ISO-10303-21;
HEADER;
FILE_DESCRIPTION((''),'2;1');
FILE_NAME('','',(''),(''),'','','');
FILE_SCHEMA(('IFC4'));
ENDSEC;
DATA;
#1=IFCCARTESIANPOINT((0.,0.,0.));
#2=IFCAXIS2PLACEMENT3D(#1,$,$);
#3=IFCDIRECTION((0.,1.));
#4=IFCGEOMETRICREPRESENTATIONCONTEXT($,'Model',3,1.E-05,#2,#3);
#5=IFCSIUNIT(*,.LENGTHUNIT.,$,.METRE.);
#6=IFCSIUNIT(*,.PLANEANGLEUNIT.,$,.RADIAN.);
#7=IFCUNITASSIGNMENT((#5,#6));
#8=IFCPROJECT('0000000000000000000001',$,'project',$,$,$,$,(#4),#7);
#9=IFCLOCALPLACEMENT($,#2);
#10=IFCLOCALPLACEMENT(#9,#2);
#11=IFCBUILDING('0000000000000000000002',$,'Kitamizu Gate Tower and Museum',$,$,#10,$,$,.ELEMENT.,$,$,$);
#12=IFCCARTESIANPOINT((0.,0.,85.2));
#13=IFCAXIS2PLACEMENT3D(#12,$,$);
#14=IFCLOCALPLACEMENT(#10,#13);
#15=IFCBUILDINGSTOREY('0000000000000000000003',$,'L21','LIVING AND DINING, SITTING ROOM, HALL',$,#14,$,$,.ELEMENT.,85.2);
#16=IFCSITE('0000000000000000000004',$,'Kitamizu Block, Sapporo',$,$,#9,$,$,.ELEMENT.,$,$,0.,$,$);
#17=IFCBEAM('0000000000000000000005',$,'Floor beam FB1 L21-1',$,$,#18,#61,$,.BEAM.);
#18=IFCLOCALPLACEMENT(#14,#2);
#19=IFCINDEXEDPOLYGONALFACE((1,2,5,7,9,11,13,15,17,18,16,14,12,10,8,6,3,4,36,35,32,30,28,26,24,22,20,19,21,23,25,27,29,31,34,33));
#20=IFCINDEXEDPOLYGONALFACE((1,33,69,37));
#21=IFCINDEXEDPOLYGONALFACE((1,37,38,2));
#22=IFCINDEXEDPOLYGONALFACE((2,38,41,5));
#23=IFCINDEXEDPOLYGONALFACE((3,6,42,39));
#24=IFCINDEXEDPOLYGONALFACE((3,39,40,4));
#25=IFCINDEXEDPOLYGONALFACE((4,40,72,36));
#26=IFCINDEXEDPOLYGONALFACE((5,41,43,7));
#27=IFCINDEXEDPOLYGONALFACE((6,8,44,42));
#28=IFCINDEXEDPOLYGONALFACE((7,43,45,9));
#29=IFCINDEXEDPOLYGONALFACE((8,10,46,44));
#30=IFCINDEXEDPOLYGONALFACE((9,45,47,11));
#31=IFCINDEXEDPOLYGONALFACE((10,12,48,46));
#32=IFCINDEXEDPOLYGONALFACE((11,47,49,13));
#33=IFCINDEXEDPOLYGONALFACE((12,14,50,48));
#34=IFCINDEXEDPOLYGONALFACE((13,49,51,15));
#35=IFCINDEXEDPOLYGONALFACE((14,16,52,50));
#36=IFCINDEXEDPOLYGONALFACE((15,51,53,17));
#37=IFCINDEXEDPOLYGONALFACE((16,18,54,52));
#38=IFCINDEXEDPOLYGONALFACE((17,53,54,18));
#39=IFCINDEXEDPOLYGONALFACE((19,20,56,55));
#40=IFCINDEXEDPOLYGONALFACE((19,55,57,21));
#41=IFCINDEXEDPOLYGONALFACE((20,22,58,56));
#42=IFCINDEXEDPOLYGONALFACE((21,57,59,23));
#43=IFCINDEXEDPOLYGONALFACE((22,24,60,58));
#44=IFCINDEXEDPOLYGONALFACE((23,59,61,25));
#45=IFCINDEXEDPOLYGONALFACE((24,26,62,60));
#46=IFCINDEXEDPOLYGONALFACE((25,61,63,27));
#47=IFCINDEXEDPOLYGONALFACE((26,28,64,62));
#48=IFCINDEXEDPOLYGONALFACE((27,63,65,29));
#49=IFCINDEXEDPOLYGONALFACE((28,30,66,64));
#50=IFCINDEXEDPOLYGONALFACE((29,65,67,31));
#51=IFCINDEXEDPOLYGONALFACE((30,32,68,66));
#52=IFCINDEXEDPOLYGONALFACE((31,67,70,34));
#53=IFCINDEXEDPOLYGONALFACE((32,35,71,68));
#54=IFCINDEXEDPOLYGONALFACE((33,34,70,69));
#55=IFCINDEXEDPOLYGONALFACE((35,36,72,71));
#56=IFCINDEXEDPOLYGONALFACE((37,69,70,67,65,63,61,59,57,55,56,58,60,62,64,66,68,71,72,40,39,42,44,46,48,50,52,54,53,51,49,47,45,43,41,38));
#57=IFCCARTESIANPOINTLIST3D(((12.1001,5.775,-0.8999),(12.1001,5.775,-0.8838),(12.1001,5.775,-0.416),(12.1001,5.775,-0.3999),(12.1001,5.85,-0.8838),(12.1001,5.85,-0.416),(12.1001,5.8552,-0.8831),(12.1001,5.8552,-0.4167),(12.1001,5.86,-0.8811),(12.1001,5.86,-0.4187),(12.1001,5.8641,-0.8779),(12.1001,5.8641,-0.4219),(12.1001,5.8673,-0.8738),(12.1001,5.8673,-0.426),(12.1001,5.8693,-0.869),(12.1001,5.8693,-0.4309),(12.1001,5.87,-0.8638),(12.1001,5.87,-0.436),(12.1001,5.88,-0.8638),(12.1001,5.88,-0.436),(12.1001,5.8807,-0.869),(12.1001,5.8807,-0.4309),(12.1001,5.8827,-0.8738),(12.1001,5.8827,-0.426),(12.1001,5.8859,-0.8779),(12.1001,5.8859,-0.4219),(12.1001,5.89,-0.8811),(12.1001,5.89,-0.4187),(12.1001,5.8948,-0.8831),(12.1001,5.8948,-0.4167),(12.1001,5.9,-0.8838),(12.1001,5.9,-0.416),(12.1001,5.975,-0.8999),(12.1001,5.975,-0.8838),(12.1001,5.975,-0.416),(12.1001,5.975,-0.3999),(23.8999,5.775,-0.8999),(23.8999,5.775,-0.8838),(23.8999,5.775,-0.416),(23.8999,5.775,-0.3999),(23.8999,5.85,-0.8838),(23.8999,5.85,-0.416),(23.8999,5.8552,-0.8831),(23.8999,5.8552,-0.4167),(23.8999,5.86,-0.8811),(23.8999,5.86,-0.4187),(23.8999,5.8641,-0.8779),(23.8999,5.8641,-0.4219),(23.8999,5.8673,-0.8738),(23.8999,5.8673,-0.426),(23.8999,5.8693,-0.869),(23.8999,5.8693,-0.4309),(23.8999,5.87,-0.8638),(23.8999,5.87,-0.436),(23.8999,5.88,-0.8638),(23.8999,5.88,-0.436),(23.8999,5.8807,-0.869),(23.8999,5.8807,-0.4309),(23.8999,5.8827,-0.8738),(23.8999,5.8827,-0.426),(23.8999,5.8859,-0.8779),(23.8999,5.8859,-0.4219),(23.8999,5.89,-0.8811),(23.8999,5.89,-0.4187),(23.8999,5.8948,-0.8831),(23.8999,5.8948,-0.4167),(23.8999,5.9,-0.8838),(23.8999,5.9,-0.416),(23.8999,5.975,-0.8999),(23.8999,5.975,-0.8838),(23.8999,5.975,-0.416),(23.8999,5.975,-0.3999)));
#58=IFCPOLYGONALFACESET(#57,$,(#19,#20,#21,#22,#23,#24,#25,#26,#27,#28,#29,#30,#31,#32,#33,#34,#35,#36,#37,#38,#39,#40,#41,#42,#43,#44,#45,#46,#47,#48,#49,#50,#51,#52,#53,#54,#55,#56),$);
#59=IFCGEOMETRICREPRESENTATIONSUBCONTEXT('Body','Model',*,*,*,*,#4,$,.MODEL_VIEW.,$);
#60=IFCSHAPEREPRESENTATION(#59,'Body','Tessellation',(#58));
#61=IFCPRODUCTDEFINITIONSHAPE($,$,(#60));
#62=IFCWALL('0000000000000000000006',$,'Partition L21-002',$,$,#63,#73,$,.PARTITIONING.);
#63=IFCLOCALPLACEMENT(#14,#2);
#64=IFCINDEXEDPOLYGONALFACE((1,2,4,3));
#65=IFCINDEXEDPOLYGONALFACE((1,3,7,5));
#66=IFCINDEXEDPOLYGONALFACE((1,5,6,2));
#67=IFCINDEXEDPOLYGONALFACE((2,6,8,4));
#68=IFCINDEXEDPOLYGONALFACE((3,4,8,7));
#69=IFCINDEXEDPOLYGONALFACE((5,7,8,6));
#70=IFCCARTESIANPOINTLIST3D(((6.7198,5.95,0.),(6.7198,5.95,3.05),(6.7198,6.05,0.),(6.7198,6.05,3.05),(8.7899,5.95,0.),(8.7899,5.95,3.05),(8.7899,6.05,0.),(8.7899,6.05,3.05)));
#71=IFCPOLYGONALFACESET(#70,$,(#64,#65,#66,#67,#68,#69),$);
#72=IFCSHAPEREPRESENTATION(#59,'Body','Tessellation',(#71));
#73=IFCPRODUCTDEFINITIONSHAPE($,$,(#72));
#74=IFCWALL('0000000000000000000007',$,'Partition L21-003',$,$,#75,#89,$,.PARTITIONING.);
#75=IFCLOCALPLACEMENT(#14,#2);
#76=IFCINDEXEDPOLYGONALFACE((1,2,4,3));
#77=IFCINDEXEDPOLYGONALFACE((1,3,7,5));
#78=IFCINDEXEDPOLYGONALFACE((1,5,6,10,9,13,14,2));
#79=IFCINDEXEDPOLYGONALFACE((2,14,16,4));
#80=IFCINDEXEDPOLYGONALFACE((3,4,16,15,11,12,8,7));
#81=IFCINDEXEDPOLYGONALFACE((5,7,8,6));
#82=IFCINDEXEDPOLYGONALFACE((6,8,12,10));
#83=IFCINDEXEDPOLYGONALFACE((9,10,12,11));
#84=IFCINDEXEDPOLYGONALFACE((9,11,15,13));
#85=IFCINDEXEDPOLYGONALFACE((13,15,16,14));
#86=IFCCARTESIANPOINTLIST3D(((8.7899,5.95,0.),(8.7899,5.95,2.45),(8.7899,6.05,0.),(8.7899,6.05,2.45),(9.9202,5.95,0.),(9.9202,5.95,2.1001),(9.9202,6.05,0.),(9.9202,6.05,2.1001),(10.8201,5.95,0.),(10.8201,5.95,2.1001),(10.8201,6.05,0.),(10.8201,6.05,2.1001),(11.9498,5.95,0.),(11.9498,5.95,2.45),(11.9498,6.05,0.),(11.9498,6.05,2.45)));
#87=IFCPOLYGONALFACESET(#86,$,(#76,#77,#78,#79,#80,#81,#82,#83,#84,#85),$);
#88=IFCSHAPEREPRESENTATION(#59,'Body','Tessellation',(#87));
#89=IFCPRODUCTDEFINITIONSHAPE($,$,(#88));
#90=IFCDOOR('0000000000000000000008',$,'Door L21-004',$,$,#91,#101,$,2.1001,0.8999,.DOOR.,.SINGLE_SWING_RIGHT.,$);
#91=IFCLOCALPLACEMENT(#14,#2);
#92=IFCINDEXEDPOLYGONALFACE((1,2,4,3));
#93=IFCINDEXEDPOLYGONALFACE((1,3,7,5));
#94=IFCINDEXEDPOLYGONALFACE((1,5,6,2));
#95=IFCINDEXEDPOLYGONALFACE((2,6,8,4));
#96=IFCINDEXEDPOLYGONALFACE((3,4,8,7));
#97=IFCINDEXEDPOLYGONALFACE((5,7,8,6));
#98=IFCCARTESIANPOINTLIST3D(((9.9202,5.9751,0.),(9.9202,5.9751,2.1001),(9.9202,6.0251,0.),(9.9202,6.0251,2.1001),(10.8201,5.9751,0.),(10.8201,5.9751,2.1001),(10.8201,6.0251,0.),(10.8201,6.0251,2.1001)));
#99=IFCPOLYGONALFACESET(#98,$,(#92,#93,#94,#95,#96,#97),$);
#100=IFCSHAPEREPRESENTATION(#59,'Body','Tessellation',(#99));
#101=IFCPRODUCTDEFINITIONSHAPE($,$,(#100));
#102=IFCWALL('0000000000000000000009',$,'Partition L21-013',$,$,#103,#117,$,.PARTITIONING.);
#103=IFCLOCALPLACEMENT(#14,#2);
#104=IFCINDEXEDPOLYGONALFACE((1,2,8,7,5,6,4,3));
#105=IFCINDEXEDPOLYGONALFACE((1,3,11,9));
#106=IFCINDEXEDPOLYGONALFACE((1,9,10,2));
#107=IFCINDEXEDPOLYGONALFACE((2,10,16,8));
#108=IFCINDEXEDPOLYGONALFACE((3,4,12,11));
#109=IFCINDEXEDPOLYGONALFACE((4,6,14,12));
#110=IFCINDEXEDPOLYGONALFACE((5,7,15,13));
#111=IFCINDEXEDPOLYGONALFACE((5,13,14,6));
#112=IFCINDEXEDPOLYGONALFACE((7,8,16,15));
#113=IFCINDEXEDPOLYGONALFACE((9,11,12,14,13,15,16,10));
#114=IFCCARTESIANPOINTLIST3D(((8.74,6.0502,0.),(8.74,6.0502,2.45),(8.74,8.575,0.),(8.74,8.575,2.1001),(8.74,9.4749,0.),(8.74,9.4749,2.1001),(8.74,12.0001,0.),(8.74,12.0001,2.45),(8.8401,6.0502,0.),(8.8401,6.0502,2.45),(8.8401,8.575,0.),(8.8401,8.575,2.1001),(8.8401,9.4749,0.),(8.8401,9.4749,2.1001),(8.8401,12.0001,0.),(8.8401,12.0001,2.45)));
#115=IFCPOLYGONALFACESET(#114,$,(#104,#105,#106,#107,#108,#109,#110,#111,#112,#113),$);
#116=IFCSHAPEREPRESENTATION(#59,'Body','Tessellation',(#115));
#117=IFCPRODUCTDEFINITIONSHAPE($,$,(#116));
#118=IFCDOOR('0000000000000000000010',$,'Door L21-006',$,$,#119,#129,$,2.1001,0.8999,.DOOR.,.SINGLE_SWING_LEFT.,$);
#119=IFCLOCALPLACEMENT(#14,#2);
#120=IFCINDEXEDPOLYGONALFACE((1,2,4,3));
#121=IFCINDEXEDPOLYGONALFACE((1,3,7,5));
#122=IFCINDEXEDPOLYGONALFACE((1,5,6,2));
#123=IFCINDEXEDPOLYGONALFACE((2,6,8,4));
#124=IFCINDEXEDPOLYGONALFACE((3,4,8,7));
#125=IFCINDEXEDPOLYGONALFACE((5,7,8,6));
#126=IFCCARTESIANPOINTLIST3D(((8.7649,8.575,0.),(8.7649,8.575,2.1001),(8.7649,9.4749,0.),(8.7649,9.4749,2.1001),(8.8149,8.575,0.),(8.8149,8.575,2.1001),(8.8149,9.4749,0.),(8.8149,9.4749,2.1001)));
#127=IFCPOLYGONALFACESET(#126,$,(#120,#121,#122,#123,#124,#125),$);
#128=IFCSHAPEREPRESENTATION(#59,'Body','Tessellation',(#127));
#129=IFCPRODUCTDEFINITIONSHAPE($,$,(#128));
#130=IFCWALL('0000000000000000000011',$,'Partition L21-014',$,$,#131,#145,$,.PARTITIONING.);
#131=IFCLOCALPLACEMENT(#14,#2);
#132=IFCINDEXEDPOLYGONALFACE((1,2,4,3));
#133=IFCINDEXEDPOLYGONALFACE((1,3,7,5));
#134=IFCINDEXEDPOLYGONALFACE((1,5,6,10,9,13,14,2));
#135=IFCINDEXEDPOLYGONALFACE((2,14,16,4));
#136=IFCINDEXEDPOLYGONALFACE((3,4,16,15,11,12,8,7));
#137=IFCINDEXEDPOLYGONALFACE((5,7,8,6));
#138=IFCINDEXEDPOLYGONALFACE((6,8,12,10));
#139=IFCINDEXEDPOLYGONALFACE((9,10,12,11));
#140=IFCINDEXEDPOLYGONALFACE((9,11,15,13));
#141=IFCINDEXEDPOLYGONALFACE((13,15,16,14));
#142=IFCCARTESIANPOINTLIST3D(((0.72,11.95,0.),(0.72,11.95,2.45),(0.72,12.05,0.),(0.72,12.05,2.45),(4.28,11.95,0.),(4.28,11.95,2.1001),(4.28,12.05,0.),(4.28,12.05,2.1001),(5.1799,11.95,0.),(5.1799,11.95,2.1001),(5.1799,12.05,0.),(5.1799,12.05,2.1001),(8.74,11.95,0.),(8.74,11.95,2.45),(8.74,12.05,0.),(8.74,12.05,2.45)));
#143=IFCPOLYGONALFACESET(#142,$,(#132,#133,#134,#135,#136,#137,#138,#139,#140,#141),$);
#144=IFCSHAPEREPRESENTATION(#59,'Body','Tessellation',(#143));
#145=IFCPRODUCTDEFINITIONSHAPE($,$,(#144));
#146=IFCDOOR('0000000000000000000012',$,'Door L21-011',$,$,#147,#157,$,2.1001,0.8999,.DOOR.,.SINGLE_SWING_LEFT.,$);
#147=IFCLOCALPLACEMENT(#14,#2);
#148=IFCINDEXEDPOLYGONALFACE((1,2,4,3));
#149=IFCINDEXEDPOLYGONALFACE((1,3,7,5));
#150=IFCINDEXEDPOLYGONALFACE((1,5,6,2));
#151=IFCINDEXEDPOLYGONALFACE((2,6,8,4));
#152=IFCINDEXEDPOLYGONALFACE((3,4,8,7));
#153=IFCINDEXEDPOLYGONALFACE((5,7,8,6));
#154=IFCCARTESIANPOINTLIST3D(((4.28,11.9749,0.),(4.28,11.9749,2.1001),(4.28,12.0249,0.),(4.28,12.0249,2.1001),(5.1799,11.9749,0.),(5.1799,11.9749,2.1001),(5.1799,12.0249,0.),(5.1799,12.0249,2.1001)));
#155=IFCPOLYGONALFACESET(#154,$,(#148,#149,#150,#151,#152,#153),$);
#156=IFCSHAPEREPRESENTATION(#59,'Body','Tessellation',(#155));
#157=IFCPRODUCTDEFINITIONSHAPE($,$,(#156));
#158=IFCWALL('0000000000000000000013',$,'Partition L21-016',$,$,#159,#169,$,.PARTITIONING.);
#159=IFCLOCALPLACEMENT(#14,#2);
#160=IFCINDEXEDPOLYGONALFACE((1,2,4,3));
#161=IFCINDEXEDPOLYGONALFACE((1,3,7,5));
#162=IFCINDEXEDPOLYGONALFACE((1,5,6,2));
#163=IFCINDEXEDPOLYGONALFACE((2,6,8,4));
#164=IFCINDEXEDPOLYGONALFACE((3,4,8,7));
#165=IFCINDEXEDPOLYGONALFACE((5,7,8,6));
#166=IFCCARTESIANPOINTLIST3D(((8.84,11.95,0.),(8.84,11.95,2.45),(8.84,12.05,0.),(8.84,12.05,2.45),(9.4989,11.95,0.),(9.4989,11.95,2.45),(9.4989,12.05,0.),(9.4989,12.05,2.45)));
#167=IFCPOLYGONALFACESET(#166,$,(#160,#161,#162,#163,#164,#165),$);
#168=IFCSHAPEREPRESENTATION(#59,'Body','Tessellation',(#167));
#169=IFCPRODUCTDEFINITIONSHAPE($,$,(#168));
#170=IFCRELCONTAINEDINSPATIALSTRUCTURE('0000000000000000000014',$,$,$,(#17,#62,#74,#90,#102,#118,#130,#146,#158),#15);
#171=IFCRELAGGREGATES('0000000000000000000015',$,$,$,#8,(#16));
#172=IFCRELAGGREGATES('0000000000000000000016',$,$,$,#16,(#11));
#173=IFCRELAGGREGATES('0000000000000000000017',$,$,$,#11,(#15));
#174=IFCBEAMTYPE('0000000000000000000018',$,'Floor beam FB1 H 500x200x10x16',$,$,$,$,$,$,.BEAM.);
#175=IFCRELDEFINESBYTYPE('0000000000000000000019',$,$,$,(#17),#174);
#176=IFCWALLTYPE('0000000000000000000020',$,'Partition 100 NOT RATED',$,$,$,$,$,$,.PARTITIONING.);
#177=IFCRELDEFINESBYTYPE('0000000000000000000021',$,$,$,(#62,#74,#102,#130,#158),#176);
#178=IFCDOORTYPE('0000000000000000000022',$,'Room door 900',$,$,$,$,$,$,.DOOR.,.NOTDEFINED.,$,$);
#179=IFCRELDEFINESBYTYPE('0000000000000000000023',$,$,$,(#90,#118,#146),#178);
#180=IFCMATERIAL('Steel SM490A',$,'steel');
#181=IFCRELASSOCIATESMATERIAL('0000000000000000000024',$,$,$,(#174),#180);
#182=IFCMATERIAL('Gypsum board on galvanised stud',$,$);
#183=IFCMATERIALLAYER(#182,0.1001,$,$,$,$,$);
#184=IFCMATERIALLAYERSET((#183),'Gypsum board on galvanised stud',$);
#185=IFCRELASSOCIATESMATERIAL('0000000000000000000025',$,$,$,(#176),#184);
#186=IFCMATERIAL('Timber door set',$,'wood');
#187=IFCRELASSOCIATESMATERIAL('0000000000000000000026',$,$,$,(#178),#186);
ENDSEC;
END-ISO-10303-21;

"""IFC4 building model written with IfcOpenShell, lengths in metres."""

from ifc_helpers import new_model, si_unit, direction, frame, frame_2d, origin, origin_2d, place, context, subcontext, project, spatial, rectangle, i_section, extrude, material, layer, layer_set, material_profile, profile_set, type_object, element, fill, save


model = new_model("IFC4")

# Units and contexts
model_context = context("Model", 3, precision=1e-05, world=origin(), true_north=direction((0.0, 1.0)))
body_context = subcontext(model_context, "Body", "Model", "MODEL_VIEW")
ifc_project = project(units=[si_unit("LENGTHUNIT", "METRE"), si_unit("PLANEANGLEUNIT", "RADIAN")], contexts=[model_context])

# Site, building, storey
site_placement = place(None, origin())
site = spatial("IfcSite", under=ifc_project, at=site_placement, Name="Kitamizu Block, Sapporo", CompositionType="ELEMENT", RefElevation=0.0)
building_placement = place(site_placement, origin())
building = spatial("IfcBuilding", under=site, at=building_placement, Name="Kitamizu Gate Tower and Museum", CompositionType="ELEMENT")
storey_placement = place(building_placement, frame((0.0, 0.0, 85.2)))
storey = spatial("IfcBuildingStorey", under=building, at=storey_placement, Name="L21", Description="LIVING AND DINING, SITTING ROOM, HALL", CompositionType="ELEMENT", Elevation=85.2)

# Beam
ifc_material_1 = material(Name="Steel SM490A", Category="steel")
ifc_material_profile = material_profile(ifc_material_1, i_section(OverallWidth=0.2, OverallDepth=0.5, WebThickness=0.01, FlangeThickness=0.0161, FilletRadius=0.02, at=origin_2d()), Name="H-500x200x10x16")
ifc_profile_set = profile_set([ifc_material_profile], Name="Steel SM490A")
beam_type = type_object("IfcBeamType", Name="Floor beam FB1 H 500x200x10x16", PredefinedType="BEAM", material=ifc_profile_set)
beam_placement = place(storey_placement, frame((12.1001, 5.875, -0.6499), z_axis=(1.0, 0.0, 0.0), x_axis=(0.0, 1.0, 0.0)))
element("IfcBeam", 1, at=beam_placement, inside=storey, type_object=beam_type, Name="Floor beam FB1 L21-1", PredefinedType="BEAM", context=body_context, shape_type="SweptSolid", body=[
    extrude(i_section(OverallWidth=0.2, OverallDepth=0.5, WebThickness=0.01, FlangeThickness=0.0161, FilletRadius=0.02, at=origin_2d()), origin(), (0.0, 0.0, 1.0), 11.7998),
])

# Wall
ifc_material_2 = material(Name="Gypsum board on galvanised stud")
ifc_layer = layer(ifc_material_2, 0.1001)
ifc_layer_set = layer_set([ifc_layer], Name="Gypsum board on galvanised stud")
wall_type = type_object("IfcWallType", Name="Partition 100 NOT RATED", PredefinedType="PARTITIONING", material=ifc_layer_set)
wall_1_placement = place(storey_placement, frame((8.79, 6.0, 0.0), z_axis=(0.0, 0.0, 1.0), x_axis=(-1.0, 0.0, 0.0)))
element("IfcWall", 2, at=wall_1_placement, inside=storey, type_object=wall_type, Name="Partition L21-002", PredefinedType="PARTITIONING", context=body_context, shape_type="SweptSolid", body=[
    extrude(rectangle(XDim=2.0701, YDim=0.1001, at=frame_2d((1.0352, 0.0))), origin(), (0.0, 0.0, 1.0), 3.05),
])

# Walls, openings, doors
wall_2_placement = place(storey_placement, frame((11.95, 6.0, 0.0), z_axis=(0.0, 0.0, 1.0), x_axis=(-1.0, 0.0, 0.0)))
wall_2 = element("IfcWall", 3, at=wall_2_placement, inside=storey, type_object=wall_type, Name="Partition L21-003", PredefinedType="PARTITIONING", context=body_context, shape_type="SweptSolid", body=[
    extrude(rectangle(XDim=3.1599, YDim=0.1001, at=frame_2d((1.5801, 0.0))), origin(), (0.0, 0.0, 1.0), 2.45),
])
opening_1_placement = place(wall_2_placement, frame((1.1299, 0.0, 0.0)))
opening_1 = element("IfcOpeningElement", 4, at=opening_1_placement, cuts=wall_2, PredefinedType="OPENING", context=body_context, shape_type="SweptSolid", body=[
    extrude(rectangle(XDim=0.8999, YDim=2.1001, at=frame_2d((0.45, 1.05))), frame((0.0, 0.0601, 0.0), z_axis=(0.0, -1.0, 0.0), x_axis=(1.0, 0.0, 0.0)), (0.0, 0.0, 1.0), 0.1201),
])
ifc_material_3 = material(Name="Timber door set", Category="wood")
door_type = type_object("IfcDoorType", Name="Room door 900", OperationType="NOTDEFINED", PredefinedType="DOOR", material=ifc_material_3)
door_1_placement = place(opening_1_placement, origin())
door_1 = element("IfcDoor", 5, at=door_1_placement, inside=storey, type_object=door_type, Name="Door L21-004", OperationType="SINGLE_SWING_RIGHT", OverallHeight=2.1001, OverallWidth=0.8999, PredefinedType="DOOR", context=body_context, shape_type="SweptSolid", body=[
    extrude(rectangle(XDim=0.8999, YDim=2.1001, at=frame_2d((0.45, 1.05))), frame((0.0, 0.0249, 0.0), z_axis=(0.0, -1.0, 0.0), x_axis=(1.0, 0.0, 0.0)), (0.0, 0.0, 1.0), 0.05),
])
fill(opening_1, door_1)
wall_3_placement = place(storey_placement, frame((8.79, 6.05, 0.0), z_axis=(0.0, 0.0, 1.0), x_axis=(0.0, 1.0, 0.0)))
wall_3 = element("IfcWall", 6, at=wall_3_placement, inside=storey, type_object=wall_type, Name="Partition L21-013", PredefinedType="PARTITIONING", context=body_context, shape_type="SweptSolid", body=[
    extrude(rectangle(XDim=5.95, YDim=0.1001, at=frame_2d((2.9751, 0.0))), origin(), (0.0, 0.0, 1.0), 2.45),
])
opening_2_placement = place(wall_3_placement, frame((2.5249, 0.0, 0.0)))
opening_2 = element("IfcOpeningElement", 7, at=opening_2_placement, cuts=wall_3, PredefinedType="OPENING", context=body_context, shape_type="SweptSolid", body=[
    extrude(rectangle(XDim=0.8999, YDim=2.1001, at=frame_2d((0.45, 1.05))), frame((0.0, 0.0601, 0.0), z_axis=(0.0, -1.0, 0.0), x_axis=(1.0, 0.0, 0.0)), (0.0, 0.0, 1.0), 0.1201),
])
door_2_placement = place(opening_2_placement, frame((0.8999, 0.0, 0.0), x_axis=(-1.0, 0.0, 0.0)))
door_2 = element("IfcDoor", 8, at=door_2_placement, inside=storey, type_object=door_type, Name="Door L21-006", OperationType="SINGLE_SWING_LEFT", OverallHeight=2.1001, OverallWidth=0.8999, PredefinedType="DOOR", context=body_context, shape_type="SweptSolid", body=[
    extrude(rectangle(XDim=0.8999, YDim=2.1001, at=frame_2d((0.45, 1.05))), frame((0.0, 0.0249, 0.0), z_axis=(0.0, -1.0, 0.0), x_axis=(1.0, 0.0, 0.0)), (0.0, 0.0, 1.0), 0.05),
])
fill(opening_2, door_2)
wall_4_placement = place(storey_placement, frame((8.74, 12.0, 0.0), z_axis=(0.0, 0.0, 1.0), x_axis=(-1.0, 0.0, 0.0)))
wall_4 = element("IfcWall", 9, at=wall_4_placement, inside=storey, type_object=wall_type, Name="Partition L21-014", PredefinedType="PARTITIONING", context=body_context, shape_type="SweptSolid", body=[
    extrude(rectangle(XDim=8.02, YDim=0.1001, at=frame_2d((4.01, 0.0))), origin(), (0.0, 0.0, 1.0), 2.45),
])
opening_3_placement = place(wall_4_placement, frame((3.5601, 0.0, 0.0)))
opening_3 = element("IfcOpeningElement", 10, at=opening_3_placement, cuts=wall_4, PredefinedType="OPENING", context=body_context, shape_type="SweptSolid", body=[
    extrude(rectangle(XDim=0.8999, YDim=2.1001, at=frame_2d((0.45, 1.05))), frame((0.0, 0.0601, 0.0), z_axis=(0.0, -1.0, 0.0), x_axis=(1.0, 0.0, 0.0)), (0.0, 0.0, 1.0), 0.1201),
])
door_3_placement = place(opening_3_placement, frame((0.8999, 0.0, 0.0), x_axis=(-1.0, 0.0, 0.0)))
door_3 = element("IfcDoor", 11, at=door_3_placement, inside=storey, type_object=door_type, Name="Door L21-011", OperationType="SINGLE_SWING_LEFT", OverallHeight=2.1001, OverallWidth=0.8999, PredefinedType="DOOR", context=body_context, shape_type="SweptSolid", body=[
    extrude(rectangle(XDim=0.8999, YDim=2.1001, at=frame_2d((0.45, 1.05))), frame((0.0, 0.0249, 0.0), z_axis=(0.0, -1.0, 0.0), x_axis=(1.0, 0.0, 0.0)), (0.0, 0.0, 1.0), 0.05),
])
fill(opening_3, door_3)

# Wall
wall_5_placement = place(storey_placement, frame((9.499, 12.0, 0.0), z_axis=(0.0, 0.0, 1.0), x_axis=(-1.0, 0.0, 0.0)))
element("IfcWall", 12, at=wall_5_placement, inside=storey, type_object=wall_type, Name="Partition L21-016", PredefinedType="PARTITIONING", context=body_context, shape_type="SweptSolid", body=[
    extrude(rectangle(XDim=0.6589, YDim=0.1001, at=frame_2d((0.3296, 0.0))), origin(), (0.0, 0.0, 1.0), 2.45),
])

save(model, "model.ifc")
